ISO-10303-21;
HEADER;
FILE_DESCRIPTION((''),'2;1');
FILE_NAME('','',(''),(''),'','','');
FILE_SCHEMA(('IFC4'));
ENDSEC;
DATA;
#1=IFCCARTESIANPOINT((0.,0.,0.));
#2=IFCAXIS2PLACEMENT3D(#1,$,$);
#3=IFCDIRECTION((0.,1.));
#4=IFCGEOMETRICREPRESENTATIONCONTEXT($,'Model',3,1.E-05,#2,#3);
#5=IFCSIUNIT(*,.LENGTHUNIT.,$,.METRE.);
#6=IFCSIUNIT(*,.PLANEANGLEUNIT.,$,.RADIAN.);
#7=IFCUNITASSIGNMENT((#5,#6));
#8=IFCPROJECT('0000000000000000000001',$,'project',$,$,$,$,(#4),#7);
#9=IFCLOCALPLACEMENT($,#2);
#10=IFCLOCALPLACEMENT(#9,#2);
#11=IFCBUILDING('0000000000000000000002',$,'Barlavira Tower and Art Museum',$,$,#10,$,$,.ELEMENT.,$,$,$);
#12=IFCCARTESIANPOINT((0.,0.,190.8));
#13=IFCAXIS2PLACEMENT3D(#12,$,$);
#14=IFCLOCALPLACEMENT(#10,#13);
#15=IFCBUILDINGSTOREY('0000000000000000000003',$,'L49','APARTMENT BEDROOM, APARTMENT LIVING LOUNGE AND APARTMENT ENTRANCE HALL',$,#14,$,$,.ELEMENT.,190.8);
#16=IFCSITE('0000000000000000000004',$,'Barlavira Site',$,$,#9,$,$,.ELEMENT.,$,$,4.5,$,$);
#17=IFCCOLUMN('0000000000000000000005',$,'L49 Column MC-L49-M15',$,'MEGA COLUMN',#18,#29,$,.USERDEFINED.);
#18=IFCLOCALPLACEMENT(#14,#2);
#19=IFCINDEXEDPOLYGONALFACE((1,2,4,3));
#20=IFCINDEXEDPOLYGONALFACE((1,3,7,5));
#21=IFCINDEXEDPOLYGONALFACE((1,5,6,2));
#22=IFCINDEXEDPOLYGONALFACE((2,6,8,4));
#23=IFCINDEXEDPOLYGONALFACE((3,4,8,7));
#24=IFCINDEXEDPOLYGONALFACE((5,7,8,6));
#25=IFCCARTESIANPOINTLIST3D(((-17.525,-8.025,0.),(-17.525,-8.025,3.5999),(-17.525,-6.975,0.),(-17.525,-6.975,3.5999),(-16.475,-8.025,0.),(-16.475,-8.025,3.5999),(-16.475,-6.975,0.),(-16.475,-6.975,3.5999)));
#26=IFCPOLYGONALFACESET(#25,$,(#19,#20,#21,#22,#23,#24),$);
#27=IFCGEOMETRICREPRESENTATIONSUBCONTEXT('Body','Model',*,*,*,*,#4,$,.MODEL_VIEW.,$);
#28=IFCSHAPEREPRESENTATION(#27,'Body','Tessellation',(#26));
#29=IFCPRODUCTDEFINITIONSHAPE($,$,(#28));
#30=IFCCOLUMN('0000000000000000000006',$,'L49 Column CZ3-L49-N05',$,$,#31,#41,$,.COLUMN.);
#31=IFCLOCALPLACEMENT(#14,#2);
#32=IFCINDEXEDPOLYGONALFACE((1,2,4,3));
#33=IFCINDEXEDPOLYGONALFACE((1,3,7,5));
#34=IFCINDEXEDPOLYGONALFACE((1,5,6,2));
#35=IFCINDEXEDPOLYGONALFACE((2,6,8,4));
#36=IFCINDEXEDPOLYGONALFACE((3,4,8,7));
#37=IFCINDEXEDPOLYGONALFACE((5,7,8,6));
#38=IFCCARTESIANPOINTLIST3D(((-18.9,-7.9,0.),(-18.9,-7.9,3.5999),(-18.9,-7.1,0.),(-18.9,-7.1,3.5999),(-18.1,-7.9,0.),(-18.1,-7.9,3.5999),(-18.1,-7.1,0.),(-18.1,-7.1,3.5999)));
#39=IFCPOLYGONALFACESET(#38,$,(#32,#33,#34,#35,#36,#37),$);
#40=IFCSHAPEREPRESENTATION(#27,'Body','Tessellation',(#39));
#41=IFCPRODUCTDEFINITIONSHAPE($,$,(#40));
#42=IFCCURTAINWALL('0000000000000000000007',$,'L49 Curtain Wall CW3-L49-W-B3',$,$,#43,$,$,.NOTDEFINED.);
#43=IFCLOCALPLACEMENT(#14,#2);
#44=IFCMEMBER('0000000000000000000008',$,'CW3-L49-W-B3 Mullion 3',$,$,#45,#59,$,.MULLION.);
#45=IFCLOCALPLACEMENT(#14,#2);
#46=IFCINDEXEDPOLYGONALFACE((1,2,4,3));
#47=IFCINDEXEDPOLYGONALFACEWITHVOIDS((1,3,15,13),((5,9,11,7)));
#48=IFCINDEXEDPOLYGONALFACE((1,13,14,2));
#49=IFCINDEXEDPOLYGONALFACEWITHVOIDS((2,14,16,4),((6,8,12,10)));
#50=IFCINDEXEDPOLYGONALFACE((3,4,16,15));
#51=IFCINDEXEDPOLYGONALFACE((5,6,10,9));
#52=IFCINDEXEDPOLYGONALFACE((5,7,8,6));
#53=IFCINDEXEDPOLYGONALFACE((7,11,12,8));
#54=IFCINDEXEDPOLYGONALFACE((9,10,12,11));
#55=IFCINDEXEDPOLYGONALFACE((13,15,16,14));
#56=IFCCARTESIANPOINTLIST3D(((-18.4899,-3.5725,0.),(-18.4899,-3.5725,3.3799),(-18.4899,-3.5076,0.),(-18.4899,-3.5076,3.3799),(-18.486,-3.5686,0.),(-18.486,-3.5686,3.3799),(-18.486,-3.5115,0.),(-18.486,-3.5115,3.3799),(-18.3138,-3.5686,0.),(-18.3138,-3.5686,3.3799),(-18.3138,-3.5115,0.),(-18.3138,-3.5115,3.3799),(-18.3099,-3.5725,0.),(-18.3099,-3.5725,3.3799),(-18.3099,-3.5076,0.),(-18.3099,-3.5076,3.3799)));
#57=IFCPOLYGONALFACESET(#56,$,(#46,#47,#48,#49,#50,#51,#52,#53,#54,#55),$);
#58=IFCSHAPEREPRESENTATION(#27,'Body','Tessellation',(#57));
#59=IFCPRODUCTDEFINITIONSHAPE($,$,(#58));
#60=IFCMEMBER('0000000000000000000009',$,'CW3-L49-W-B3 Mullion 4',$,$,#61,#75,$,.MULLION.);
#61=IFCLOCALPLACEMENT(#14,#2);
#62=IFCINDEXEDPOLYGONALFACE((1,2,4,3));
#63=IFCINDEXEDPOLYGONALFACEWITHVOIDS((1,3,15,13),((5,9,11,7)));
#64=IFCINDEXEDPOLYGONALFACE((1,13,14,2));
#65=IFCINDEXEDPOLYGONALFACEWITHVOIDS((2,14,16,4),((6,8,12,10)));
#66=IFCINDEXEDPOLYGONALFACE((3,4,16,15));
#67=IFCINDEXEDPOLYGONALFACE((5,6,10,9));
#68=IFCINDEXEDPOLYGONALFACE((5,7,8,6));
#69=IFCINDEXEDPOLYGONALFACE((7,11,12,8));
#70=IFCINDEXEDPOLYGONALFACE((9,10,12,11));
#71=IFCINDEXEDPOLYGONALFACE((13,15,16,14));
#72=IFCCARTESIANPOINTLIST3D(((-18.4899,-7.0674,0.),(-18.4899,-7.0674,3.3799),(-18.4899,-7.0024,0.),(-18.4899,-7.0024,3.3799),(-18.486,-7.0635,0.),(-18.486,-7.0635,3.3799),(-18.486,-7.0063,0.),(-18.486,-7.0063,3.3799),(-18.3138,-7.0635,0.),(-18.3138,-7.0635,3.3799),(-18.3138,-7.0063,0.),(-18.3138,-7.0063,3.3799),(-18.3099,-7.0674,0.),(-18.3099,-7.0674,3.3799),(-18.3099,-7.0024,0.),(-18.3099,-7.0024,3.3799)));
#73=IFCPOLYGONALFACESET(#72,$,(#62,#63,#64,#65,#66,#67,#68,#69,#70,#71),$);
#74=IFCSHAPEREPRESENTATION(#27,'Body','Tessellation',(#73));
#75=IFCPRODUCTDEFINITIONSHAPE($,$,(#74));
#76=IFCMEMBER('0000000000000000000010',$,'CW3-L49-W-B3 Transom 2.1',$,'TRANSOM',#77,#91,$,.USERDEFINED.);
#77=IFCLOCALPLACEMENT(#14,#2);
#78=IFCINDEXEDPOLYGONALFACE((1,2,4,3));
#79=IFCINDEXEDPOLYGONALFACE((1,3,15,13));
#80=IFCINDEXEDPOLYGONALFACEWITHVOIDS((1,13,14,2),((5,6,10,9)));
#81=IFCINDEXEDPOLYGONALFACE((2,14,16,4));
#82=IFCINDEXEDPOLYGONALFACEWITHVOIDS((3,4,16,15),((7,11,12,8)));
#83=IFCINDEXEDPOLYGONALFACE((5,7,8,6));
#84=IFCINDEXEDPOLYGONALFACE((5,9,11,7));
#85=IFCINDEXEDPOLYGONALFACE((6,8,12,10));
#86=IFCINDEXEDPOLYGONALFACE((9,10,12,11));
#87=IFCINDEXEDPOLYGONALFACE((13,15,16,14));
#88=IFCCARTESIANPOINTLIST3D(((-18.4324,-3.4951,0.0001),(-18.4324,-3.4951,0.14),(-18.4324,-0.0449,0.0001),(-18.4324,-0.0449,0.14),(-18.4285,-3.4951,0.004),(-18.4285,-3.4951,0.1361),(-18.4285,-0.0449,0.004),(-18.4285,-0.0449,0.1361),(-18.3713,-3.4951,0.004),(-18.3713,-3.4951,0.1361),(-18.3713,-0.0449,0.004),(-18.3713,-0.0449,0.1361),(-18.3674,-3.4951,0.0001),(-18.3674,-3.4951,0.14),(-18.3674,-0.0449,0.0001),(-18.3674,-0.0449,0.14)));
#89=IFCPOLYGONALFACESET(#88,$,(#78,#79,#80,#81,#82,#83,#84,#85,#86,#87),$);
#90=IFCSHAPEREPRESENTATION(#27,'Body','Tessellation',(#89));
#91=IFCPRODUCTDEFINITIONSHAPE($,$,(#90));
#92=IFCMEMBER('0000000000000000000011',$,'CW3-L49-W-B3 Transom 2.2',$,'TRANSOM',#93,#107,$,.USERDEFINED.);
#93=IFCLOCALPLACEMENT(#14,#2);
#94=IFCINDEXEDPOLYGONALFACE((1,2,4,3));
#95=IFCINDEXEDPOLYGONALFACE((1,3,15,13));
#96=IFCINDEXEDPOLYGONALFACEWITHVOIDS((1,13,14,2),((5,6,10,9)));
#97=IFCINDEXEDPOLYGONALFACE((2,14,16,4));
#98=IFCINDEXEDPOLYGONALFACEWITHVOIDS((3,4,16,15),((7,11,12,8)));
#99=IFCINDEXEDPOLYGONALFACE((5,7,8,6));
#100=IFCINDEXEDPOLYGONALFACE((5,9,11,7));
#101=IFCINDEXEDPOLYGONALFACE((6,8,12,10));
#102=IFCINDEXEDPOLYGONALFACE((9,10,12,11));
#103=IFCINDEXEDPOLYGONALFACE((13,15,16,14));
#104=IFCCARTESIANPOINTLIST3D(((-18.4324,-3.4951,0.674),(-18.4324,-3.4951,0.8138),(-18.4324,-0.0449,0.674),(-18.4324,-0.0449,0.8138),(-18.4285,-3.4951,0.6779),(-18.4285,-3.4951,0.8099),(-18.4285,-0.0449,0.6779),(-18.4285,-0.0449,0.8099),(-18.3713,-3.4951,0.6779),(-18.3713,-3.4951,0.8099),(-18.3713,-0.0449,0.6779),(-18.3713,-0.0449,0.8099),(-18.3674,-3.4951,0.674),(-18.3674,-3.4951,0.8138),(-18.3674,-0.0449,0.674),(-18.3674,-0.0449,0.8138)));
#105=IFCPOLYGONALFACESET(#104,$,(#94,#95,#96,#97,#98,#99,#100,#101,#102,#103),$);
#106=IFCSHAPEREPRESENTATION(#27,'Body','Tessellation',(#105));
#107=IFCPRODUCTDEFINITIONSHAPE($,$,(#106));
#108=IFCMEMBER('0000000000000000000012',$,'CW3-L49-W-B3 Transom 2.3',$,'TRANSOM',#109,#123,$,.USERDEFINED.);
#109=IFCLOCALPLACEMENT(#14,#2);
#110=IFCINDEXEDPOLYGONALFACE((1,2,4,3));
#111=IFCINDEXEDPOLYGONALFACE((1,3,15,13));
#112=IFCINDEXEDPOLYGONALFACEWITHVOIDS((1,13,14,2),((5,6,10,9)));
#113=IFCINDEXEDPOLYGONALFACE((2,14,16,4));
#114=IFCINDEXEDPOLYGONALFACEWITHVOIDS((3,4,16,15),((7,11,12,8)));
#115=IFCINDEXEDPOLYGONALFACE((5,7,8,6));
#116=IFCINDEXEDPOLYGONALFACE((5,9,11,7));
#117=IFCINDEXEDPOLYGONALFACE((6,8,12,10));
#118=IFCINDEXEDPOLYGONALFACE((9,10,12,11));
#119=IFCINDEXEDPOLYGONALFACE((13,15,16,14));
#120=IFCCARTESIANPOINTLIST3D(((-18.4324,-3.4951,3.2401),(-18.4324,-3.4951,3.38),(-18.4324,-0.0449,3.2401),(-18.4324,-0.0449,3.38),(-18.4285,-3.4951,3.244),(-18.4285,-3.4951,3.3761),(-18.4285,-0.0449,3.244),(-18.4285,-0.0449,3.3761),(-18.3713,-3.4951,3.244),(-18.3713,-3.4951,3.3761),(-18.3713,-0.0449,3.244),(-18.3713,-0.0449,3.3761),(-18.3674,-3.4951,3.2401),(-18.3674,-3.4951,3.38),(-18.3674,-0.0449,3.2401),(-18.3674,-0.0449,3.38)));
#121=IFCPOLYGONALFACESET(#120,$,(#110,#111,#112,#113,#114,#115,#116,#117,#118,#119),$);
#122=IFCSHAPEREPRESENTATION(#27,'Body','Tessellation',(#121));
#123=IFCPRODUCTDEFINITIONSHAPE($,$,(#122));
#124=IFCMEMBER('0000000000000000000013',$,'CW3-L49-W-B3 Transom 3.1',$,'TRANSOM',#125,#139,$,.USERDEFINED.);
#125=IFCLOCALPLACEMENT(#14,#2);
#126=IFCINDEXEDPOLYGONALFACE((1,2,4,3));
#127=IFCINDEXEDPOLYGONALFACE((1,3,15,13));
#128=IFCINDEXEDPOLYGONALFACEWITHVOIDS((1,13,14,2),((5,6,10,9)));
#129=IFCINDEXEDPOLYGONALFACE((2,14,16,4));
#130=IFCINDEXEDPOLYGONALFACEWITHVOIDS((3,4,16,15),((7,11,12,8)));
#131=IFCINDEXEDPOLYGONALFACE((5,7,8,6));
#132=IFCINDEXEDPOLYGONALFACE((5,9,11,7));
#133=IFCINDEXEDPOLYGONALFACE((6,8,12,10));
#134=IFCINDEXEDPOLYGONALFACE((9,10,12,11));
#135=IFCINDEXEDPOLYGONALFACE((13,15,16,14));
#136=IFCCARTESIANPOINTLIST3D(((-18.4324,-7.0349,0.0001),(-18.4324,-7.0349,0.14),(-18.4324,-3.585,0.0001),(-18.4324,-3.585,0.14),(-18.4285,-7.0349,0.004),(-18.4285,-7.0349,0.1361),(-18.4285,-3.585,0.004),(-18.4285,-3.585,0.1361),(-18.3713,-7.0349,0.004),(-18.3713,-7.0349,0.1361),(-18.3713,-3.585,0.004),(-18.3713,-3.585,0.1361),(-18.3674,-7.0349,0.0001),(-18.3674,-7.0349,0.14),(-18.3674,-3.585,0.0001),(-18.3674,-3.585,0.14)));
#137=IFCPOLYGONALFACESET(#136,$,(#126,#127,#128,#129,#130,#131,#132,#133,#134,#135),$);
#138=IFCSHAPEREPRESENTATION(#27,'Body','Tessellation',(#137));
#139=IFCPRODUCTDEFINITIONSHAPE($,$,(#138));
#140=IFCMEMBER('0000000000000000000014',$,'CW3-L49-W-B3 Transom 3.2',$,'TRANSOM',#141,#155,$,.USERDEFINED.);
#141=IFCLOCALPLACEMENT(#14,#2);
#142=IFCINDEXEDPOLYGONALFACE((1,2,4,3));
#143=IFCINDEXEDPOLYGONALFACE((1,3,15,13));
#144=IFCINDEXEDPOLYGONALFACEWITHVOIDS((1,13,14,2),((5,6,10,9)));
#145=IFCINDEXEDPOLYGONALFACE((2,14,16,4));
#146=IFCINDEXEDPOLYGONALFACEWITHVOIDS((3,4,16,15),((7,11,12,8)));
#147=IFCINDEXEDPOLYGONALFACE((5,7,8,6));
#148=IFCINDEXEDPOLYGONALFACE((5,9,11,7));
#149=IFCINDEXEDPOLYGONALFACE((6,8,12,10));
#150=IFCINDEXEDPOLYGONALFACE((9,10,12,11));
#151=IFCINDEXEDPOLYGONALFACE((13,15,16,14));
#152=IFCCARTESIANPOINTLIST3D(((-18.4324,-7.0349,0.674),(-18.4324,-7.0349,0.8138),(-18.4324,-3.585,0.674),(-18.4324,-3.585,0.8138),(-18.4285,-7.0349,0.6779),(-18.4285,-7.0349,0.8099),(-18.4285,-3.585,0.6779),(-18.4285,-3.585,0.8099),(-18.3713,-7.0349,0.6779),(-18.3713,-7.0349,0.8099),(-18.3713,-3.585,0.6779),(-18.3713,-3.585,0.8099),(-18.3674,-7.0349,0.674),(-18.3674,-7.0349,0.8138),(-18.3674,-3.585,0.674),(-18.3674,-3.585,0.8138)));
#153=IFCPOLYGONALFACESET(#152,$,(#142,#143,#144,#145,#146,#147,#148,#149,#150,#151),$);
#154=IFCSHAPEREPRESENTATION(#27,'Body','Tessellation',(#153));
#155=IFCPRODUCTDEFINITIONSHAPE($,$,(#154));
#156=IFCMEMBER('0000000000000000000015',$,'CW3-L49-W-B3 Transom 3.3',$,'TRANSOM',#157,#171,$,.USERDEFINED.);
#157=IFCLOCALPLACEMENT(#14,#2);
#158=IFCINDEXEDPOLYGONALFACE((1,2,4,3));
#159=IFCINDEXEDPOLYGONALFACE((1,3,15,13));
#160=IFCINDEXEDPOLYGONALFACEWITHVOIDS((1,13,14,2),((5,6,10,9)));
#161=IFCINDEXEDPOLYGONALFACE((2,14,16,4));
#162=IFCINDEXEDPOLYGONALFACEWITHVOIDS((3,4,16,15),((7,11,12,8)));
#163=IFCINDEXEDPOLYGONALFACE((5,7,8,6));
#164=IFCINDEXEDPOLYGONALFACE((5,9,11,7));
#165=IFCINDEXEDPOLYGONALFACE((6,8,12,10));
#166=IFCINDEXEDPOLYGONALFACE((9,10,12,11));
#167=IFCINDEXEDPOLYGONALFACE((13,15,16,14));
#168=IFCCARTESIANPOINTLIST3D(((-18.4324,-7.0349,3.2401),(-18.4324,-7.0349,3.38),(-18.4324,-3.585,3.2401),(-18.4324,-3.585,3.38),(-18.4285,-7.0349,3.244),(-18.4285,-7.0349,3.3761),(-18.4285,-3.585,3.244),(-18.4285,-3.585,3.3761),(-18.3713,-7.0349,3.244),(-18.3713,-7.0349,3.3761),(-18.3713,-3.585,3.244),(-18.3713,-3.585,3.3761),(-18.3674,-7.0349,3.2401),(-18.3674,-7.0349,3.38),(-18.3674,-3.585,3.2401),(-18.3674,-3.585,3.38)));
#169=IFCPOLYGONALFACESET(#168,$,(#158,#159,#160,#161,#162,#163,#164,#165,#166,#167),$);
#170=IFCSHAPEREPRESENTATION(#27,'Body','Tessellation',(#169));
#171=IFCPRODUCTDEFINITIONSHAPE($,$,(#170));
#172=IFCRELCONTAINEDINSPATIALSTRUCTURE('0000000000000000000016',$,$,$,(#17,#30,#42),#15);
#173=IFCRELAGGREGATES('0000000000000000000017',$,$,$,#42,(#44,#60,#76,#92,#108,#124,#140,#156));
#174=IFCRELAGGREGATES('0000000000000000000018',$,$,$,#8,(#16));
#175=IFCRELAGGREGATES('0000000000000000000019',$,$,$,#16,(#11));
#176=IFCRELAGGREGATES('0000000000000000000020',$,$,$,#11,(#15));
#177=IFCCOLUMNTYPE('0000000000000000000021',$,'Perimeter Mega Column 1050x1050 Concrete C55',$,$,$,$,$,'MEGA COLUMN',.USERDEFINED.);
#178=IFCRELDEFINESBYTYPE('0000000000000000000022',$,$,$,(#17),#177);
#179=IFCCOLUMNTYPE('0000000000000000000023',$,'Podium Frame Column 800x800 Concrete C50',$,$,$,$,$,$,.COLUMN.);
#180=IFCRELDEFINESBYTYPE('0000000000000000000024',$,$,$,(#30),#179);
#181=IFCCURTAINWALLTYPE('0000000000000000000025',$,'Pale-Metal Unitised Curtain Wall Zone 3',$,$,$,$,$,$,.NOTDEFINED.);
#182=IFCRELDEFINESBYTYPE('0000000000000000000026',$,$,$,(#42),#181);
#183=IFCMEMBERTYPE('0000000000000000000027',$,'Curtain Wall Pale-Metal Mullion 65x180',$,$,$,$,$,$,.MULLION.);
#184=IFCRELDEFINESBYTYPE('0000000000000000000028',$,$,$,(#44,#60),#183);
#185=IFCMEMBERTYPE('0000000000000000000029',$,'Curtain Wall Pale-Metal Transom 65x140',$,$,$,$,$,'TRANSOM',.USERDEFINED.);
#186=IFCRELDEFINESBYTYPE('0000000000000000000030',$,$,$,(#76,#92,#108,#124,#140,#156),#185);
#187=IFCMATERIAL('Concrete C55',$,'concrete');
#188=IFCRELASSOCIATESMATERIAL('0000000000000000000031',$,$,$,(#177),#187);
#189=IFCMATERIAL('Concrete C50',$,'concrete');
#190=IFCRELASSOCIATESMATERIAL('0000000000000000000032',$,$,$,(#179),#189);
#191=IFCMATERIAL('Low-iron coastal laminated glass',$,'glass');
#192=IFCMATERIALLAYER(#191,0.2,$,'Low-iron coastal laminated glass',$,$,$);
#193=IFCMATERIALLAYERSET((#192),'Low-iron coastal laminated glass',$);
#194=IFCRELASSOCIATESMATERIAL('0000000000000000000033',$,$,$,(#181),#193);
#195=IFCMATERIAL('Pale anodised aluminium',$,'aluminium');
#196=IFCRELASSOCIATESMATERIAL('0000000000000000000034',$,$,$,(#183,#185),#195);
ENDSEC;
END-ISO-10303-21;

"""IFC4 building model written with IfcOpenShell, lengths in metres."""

from ifc_helpers import new_model, si_unit, direction, frame, origin, origin_2d, place, context, subcontext, project, spatial, rectangle, hollow_rectangle, extrude, material, layer, layer_set, material_profile, profile_set, type_object, element, aggregate, save


model = new_model("IFC4")

# Units and contexts
model_context = context("Model", 3, precision=1e-05, world=origin(), true_north=direction((0.0, 1.0)))
body_context = subcontext(model_context, "Body", "Model", "MODEL_VIEW")
ifc_project = project(units=[si_unit("LENGTHUNIT", "METRE"), si_unit("PLANEANGLEUNIT", "RADIAN")], contexts=[model_context])

# Site, building, storey
site_placement = place(None, origin())
site = spatial("IfcSite", under=ifc_project, at=site_placement, Name="Barlavira Site", CompositionType="ELEMENT", RefElevation=4.5)
building_placement = place(site_placement, origin())
building = spatial("IfcBuilding", under=site, at=building_placement, Name="Barlavira Tower and Art Museum", CompositionType="ELEMENT")
storey_placement = place(building_placement, frame((0.0, 0.0, 190.8)))
storey = spatial("IfcBuildingStorey", under=building, at=storey_placement, Name="L49", Description="APARTMENT BEDROOM, APARTMENT LIVING LOUNGE AND APARTMENT ENTRANCE HALL", CompositionType="ELEMENT", Elevation=190.8)

# Columns
ifc_material_1 = material(Name="Concrete C55", Category="concrete")
ifc_material_profile_1 = material_profile(ifc_material_1, rectangle(XDim=1.05, YDim=1.05, at=origin_2d()), Name="RC-COL 1050x1050")
ifc_profile_set_1 = profile_set([ifc_material_profile_1], Name="Concrete C55")
column_type_1 = type_object("IfcColumnType", Name="Perimeter Mega Column 1050x1050 Concrete C55", ElementType="MEGA COLUMN", PredefinedType="USERDEFINED", material=ifc_profile_set_1)
column_1_placement = place(storey_placement, frame((-17.0, -7.5, 0.0), z_axis=(0.0, 0.0, 1.0), x_axis=(1.0, 0.0, 0.0)))
element("IfcColumn", 1, at=column_1_placement, inside=storey, type_object=column_type_1, Name="L49 Column MC-L49-M15", ObjectType="MEGA COLUMN", PredefinedType="USERDEFINED", context=body_context, shape_type="SweptSolid", body=[
    extrude(rectangle(XDim=1.05, YDim=1.05, at=origin_2d()), origin(), (0.0, 0.0, 1.0), 3.5999),
])
ifc_material_2 = material(Name="Concrete C50", Category="concrete")
ifc_material_profile_2 = material_profile(ifc_material_2, rectangle(XDim=0.8, YDim=0.8, at=origin_2d()), Name="RC-COL 800x800")
ifc_profile_set_2 = profile_set([ifc_material_profile_2], Name="Concrete C50")
column_type_2 = type_object("IfcColumnType", Name="Podium Frame Column 800x800 Concrete C50", PredefinedType="COLUMN", material=ifc_profile_set_2)
column_2_placement = place(storey_placement, frame((-18.5, -7.5, 0.0), z_axis=(0.0, 0.0, 1.0), x_axis=(1.0, 0.0, 0.0)))
element("IfcColumn", 2, at=column_2_placement, inside=storey, type_object=column_type_2, Name="L49 Column CZ3-L49-N05", PredefinedType="COLUMN", context=body_context, shape_type="SweptSolid", body=[
    extrude(rectangle(XDim=0.8, YDim=0.8, at=origin_2d()), origin(), (0.0, 0.0, 1.0), 3.5999),
])

# Curtain wall, members
ifc_material_3 = material(Name="Low-iron coastal laminated glass", Category="glass")
ifc_layer_1 = layer(ifc_material_3, 0.2, Name="Low-iron coastal laminated glass")
ifc_layer_set_1 = layer_set([ifc_layer_1], Name="Low-iron coastal laminated glass")
curtain_wall_type = type_object("IfcCurtainWallType", Name="Pale-Metal Unitised Curtain Wall Zone 3", PredefinedType="NOTDEFINED", material=ifc_layer_set_1)
curtain_wall_placement = place(storey_placement, origin())
curtain_wall = element("IfcCurtainWall", 3, at=curtain_wall_placement, inside=storey, type_object=curtain_wall_type, Name="L49 Curtain Wall CW3-L49-W-B3", PredefinedType="NOTDEFINED")
ifc_material_4 = material(Name="Pale anodised aluminium", Category="aluminium")
ifc_material_profile_3 = material_profile(ifc_material_4, hollow_rectangle(XDim=0.0649, YDim=0.1799, WallThickness=0.0039, at=origin_2d()), Name="ALU-MULL 65x180x4")
ifc_profile_set_3 = profile_set([ifc_material_profile_3], Name="Pale anodised aluminium")
member_type_1 = type_object("IfcMemberType", Name="Curtain Wall Pale-Metal Mullion 65x180", PredefinedType="MULLION", material=ifc_profile_set_3)
member_1_placement = place(storey_placement, frame((-18.3999, -3.54, 0.0), z_axis=(0.0, 0.0, 1.0), x_axis=(0.0, -1.0, 0.0)))
member_1 = element("IfcMember", 4, at=member_1_placement, type_object=member_type_1, Name="CW3-L49-W-B3 Mullion 3", PredefinedType="MULLION", context=body_context, shape_type="SweptSolid", body=[
    extrude(hollow_rectangle(XDim=0.0649, YDim=0.1799, WallThickness=0.0039, at=origin_2d()), origin(), (0.0, 0.0, 1.0), 3.3799),
])
member_2_placement = place(storey_placement, frame((-18.3999, -7.0349, 0.0), z_axis=(0.0, 0.0, 1.0), x_axis=(0.0, -1.0, 0.0)))
member_2 = element("IfcMember", 5, at=member_2_placement, type_object=member_type_1, Name="CW3-L49-W-B3 Mullion 4", PredefinedType="MULLION", context=body_context, shape_type="SweptSolid", body=[
    extrude(hollow_rectangle(XDim=0.0649, YDim=0.1799, WallThickness=0.0039, at=origin_2d()), origin(), (0.0, 0.0, 1.0), 3.3799),
])
ifc_material_profile_4 = material_profile(ifc_material_4, hollow_rectangle(XDim=0.0649, YDim=0.1399, WallThickness=0.0039, at=origin_2d()), Name="ALU-TRAN 65x140x4")
ifc_profile_set_4 = profile_set([ifc_material_profile_4], Name="Pale anodised aluminium")
member_type_2 = type_object("IfcMemberType", Name="Curtain Wall Pale-Metal Transom 65x140", ElementType="TRANSOM", PredefinedType="USERDEFINED", material=ifc_profile_set_4)
member_3_placement = place(storey_placement, frame((-18.3999, -0.0449, 0.0701), z_axis=(0.0, -1.0, 0.0), x_axis=(1.0, 0.0, 0.0)))
member_3 = element("IfcMember", 6, at=member_3_placement, type_object=member_type_2, Name="CW3-L49-W-B3 Transom 2.1", ObjectType="TRANSOM", PredefinedType="USERDEFINED", context=body_context, shape_type="SweptSolid", body=[
    extrude(hollow_rectangle(XDim=0.0649, YDim=0.1399, WallThickness=0.0039, at=origin_2d()), origin(), (0.0, 0.0, 1.0), 3.4502),
])
member_4_placement = place(storey_placement, frame((-18.3999, -0.0449, 0.7439), z_axis=(0.0, -1.0, 0.0), x_axis=(1.0, 0.0, 0.0)))
member_4 = element("IfcMember", 7, at=member_4_placement, type_object=member_type_2, Name="CW3-L49-W-B3 Transom 2.2", ObjectType="TRANSOM", PredefinedType="USERDEFINED", context=body_context, shape_type="SweptSolid", body=[
    extrude(hollow_rectangle(XDim=0.0649, YDim=0.1399, WallThickness=0.0039, at=origin_2d()), origin(), (0.0, 0.0, 1.0), 3.4502),
])
member_5_placement = place(storey_placement, frame((-18.3999, -0.0449, 3.3101), z_axis=(0.0, -1.0, 0.0), x_axis=(1.0, 0.0, 0.0)))
member_5 = element("IfcMember", 8, at=member_5_placement, type_object=member_type_2, Name="CW3-L49-W-B3 Transom 2.3", ObjectType="TRANSOM", PredefinedType="USERDEFINED", context=body_context, shape_type="SweptSolid", body=[
    extrude(hollow_rectangle(XDim=0.0649, YDim=0.1399, WallThickness=0.0039, at=origin_2d()), origin(), (0.0, 0.0, 1.0), 3.4502),
])
member_6_placement = place(storey_placement, frame((-18.3999, -3.585, 0.0701), z_axis=(0.0, -1.0, 0.0), x_axis=(1.0, 0.0, 0.0)))
member_6 = element("IfcMember", 9, at=member_6_placement, type_object=member_type_2, Name="CW3-L49-W-B3 Transom 3.1", ObjectType="TRANSOM", PredefinedType="USERDEFINED", context=body_context, shape_type="SweptSolid", body=[
    extrude(hollow_rectangle(XDim=0.0649, YDim=0.1399, WallThickness=0.0039, at=origin_2d()), origin(), (0.0, 0.0, 1.0), 3.45),
])
member_7_placement = place(storey_placement, frame((-18.3999, -3.585, 0.7439), z_axis=(0.0, -1.0, 0.0), x_axis=(1.0, 0.0, 0.0)))
member_7 = element("IfcMember", 10, at=member_7_placement, type_object=member_type_2, Name="CW3-L49-W-B3 Transom 3.2", ObjectType="TRANSOM", PredefinedType="USERDEFINED", context=body_context, shape_type="SweptSolid", body=[
    extrude(hollow_rectangle(XDim=0.0649, YDim=0.1399, WallThickness=0.0039, at=origin_2d()), origin(), (0.0, 0.0, 1.0), 3.45),
])
member_8_placement = place(storey_placement, frame((-18.3999, -3.585, 3.3101), z_axis=(0.0, -1.0, 0.0), x_axis=(1.0, 0.0, 0.0)))
member_8 = element("IfcMember", 11, at=member_8_placement, type_object=member_type_2, Name="CW3-L49-W-B3 Transom 3.3", ObjectType="TRANSOM", PredefinedType="USERDEFINED", context=body_context, shape_type="SweptSolid", body=[
    extrude(hollow_rectangle(XDim=0.0649, YDim=0.1399, WallThickness=0.0039, at=origin_2d()), origin(), (0.0, 0.0, 1.0), 3.45),
])

aggregate(curtain_wall, [member_1, member_2, member_3, member_4, member_5, member_6, member_7, member_8])

save(model, "model.ifc")
